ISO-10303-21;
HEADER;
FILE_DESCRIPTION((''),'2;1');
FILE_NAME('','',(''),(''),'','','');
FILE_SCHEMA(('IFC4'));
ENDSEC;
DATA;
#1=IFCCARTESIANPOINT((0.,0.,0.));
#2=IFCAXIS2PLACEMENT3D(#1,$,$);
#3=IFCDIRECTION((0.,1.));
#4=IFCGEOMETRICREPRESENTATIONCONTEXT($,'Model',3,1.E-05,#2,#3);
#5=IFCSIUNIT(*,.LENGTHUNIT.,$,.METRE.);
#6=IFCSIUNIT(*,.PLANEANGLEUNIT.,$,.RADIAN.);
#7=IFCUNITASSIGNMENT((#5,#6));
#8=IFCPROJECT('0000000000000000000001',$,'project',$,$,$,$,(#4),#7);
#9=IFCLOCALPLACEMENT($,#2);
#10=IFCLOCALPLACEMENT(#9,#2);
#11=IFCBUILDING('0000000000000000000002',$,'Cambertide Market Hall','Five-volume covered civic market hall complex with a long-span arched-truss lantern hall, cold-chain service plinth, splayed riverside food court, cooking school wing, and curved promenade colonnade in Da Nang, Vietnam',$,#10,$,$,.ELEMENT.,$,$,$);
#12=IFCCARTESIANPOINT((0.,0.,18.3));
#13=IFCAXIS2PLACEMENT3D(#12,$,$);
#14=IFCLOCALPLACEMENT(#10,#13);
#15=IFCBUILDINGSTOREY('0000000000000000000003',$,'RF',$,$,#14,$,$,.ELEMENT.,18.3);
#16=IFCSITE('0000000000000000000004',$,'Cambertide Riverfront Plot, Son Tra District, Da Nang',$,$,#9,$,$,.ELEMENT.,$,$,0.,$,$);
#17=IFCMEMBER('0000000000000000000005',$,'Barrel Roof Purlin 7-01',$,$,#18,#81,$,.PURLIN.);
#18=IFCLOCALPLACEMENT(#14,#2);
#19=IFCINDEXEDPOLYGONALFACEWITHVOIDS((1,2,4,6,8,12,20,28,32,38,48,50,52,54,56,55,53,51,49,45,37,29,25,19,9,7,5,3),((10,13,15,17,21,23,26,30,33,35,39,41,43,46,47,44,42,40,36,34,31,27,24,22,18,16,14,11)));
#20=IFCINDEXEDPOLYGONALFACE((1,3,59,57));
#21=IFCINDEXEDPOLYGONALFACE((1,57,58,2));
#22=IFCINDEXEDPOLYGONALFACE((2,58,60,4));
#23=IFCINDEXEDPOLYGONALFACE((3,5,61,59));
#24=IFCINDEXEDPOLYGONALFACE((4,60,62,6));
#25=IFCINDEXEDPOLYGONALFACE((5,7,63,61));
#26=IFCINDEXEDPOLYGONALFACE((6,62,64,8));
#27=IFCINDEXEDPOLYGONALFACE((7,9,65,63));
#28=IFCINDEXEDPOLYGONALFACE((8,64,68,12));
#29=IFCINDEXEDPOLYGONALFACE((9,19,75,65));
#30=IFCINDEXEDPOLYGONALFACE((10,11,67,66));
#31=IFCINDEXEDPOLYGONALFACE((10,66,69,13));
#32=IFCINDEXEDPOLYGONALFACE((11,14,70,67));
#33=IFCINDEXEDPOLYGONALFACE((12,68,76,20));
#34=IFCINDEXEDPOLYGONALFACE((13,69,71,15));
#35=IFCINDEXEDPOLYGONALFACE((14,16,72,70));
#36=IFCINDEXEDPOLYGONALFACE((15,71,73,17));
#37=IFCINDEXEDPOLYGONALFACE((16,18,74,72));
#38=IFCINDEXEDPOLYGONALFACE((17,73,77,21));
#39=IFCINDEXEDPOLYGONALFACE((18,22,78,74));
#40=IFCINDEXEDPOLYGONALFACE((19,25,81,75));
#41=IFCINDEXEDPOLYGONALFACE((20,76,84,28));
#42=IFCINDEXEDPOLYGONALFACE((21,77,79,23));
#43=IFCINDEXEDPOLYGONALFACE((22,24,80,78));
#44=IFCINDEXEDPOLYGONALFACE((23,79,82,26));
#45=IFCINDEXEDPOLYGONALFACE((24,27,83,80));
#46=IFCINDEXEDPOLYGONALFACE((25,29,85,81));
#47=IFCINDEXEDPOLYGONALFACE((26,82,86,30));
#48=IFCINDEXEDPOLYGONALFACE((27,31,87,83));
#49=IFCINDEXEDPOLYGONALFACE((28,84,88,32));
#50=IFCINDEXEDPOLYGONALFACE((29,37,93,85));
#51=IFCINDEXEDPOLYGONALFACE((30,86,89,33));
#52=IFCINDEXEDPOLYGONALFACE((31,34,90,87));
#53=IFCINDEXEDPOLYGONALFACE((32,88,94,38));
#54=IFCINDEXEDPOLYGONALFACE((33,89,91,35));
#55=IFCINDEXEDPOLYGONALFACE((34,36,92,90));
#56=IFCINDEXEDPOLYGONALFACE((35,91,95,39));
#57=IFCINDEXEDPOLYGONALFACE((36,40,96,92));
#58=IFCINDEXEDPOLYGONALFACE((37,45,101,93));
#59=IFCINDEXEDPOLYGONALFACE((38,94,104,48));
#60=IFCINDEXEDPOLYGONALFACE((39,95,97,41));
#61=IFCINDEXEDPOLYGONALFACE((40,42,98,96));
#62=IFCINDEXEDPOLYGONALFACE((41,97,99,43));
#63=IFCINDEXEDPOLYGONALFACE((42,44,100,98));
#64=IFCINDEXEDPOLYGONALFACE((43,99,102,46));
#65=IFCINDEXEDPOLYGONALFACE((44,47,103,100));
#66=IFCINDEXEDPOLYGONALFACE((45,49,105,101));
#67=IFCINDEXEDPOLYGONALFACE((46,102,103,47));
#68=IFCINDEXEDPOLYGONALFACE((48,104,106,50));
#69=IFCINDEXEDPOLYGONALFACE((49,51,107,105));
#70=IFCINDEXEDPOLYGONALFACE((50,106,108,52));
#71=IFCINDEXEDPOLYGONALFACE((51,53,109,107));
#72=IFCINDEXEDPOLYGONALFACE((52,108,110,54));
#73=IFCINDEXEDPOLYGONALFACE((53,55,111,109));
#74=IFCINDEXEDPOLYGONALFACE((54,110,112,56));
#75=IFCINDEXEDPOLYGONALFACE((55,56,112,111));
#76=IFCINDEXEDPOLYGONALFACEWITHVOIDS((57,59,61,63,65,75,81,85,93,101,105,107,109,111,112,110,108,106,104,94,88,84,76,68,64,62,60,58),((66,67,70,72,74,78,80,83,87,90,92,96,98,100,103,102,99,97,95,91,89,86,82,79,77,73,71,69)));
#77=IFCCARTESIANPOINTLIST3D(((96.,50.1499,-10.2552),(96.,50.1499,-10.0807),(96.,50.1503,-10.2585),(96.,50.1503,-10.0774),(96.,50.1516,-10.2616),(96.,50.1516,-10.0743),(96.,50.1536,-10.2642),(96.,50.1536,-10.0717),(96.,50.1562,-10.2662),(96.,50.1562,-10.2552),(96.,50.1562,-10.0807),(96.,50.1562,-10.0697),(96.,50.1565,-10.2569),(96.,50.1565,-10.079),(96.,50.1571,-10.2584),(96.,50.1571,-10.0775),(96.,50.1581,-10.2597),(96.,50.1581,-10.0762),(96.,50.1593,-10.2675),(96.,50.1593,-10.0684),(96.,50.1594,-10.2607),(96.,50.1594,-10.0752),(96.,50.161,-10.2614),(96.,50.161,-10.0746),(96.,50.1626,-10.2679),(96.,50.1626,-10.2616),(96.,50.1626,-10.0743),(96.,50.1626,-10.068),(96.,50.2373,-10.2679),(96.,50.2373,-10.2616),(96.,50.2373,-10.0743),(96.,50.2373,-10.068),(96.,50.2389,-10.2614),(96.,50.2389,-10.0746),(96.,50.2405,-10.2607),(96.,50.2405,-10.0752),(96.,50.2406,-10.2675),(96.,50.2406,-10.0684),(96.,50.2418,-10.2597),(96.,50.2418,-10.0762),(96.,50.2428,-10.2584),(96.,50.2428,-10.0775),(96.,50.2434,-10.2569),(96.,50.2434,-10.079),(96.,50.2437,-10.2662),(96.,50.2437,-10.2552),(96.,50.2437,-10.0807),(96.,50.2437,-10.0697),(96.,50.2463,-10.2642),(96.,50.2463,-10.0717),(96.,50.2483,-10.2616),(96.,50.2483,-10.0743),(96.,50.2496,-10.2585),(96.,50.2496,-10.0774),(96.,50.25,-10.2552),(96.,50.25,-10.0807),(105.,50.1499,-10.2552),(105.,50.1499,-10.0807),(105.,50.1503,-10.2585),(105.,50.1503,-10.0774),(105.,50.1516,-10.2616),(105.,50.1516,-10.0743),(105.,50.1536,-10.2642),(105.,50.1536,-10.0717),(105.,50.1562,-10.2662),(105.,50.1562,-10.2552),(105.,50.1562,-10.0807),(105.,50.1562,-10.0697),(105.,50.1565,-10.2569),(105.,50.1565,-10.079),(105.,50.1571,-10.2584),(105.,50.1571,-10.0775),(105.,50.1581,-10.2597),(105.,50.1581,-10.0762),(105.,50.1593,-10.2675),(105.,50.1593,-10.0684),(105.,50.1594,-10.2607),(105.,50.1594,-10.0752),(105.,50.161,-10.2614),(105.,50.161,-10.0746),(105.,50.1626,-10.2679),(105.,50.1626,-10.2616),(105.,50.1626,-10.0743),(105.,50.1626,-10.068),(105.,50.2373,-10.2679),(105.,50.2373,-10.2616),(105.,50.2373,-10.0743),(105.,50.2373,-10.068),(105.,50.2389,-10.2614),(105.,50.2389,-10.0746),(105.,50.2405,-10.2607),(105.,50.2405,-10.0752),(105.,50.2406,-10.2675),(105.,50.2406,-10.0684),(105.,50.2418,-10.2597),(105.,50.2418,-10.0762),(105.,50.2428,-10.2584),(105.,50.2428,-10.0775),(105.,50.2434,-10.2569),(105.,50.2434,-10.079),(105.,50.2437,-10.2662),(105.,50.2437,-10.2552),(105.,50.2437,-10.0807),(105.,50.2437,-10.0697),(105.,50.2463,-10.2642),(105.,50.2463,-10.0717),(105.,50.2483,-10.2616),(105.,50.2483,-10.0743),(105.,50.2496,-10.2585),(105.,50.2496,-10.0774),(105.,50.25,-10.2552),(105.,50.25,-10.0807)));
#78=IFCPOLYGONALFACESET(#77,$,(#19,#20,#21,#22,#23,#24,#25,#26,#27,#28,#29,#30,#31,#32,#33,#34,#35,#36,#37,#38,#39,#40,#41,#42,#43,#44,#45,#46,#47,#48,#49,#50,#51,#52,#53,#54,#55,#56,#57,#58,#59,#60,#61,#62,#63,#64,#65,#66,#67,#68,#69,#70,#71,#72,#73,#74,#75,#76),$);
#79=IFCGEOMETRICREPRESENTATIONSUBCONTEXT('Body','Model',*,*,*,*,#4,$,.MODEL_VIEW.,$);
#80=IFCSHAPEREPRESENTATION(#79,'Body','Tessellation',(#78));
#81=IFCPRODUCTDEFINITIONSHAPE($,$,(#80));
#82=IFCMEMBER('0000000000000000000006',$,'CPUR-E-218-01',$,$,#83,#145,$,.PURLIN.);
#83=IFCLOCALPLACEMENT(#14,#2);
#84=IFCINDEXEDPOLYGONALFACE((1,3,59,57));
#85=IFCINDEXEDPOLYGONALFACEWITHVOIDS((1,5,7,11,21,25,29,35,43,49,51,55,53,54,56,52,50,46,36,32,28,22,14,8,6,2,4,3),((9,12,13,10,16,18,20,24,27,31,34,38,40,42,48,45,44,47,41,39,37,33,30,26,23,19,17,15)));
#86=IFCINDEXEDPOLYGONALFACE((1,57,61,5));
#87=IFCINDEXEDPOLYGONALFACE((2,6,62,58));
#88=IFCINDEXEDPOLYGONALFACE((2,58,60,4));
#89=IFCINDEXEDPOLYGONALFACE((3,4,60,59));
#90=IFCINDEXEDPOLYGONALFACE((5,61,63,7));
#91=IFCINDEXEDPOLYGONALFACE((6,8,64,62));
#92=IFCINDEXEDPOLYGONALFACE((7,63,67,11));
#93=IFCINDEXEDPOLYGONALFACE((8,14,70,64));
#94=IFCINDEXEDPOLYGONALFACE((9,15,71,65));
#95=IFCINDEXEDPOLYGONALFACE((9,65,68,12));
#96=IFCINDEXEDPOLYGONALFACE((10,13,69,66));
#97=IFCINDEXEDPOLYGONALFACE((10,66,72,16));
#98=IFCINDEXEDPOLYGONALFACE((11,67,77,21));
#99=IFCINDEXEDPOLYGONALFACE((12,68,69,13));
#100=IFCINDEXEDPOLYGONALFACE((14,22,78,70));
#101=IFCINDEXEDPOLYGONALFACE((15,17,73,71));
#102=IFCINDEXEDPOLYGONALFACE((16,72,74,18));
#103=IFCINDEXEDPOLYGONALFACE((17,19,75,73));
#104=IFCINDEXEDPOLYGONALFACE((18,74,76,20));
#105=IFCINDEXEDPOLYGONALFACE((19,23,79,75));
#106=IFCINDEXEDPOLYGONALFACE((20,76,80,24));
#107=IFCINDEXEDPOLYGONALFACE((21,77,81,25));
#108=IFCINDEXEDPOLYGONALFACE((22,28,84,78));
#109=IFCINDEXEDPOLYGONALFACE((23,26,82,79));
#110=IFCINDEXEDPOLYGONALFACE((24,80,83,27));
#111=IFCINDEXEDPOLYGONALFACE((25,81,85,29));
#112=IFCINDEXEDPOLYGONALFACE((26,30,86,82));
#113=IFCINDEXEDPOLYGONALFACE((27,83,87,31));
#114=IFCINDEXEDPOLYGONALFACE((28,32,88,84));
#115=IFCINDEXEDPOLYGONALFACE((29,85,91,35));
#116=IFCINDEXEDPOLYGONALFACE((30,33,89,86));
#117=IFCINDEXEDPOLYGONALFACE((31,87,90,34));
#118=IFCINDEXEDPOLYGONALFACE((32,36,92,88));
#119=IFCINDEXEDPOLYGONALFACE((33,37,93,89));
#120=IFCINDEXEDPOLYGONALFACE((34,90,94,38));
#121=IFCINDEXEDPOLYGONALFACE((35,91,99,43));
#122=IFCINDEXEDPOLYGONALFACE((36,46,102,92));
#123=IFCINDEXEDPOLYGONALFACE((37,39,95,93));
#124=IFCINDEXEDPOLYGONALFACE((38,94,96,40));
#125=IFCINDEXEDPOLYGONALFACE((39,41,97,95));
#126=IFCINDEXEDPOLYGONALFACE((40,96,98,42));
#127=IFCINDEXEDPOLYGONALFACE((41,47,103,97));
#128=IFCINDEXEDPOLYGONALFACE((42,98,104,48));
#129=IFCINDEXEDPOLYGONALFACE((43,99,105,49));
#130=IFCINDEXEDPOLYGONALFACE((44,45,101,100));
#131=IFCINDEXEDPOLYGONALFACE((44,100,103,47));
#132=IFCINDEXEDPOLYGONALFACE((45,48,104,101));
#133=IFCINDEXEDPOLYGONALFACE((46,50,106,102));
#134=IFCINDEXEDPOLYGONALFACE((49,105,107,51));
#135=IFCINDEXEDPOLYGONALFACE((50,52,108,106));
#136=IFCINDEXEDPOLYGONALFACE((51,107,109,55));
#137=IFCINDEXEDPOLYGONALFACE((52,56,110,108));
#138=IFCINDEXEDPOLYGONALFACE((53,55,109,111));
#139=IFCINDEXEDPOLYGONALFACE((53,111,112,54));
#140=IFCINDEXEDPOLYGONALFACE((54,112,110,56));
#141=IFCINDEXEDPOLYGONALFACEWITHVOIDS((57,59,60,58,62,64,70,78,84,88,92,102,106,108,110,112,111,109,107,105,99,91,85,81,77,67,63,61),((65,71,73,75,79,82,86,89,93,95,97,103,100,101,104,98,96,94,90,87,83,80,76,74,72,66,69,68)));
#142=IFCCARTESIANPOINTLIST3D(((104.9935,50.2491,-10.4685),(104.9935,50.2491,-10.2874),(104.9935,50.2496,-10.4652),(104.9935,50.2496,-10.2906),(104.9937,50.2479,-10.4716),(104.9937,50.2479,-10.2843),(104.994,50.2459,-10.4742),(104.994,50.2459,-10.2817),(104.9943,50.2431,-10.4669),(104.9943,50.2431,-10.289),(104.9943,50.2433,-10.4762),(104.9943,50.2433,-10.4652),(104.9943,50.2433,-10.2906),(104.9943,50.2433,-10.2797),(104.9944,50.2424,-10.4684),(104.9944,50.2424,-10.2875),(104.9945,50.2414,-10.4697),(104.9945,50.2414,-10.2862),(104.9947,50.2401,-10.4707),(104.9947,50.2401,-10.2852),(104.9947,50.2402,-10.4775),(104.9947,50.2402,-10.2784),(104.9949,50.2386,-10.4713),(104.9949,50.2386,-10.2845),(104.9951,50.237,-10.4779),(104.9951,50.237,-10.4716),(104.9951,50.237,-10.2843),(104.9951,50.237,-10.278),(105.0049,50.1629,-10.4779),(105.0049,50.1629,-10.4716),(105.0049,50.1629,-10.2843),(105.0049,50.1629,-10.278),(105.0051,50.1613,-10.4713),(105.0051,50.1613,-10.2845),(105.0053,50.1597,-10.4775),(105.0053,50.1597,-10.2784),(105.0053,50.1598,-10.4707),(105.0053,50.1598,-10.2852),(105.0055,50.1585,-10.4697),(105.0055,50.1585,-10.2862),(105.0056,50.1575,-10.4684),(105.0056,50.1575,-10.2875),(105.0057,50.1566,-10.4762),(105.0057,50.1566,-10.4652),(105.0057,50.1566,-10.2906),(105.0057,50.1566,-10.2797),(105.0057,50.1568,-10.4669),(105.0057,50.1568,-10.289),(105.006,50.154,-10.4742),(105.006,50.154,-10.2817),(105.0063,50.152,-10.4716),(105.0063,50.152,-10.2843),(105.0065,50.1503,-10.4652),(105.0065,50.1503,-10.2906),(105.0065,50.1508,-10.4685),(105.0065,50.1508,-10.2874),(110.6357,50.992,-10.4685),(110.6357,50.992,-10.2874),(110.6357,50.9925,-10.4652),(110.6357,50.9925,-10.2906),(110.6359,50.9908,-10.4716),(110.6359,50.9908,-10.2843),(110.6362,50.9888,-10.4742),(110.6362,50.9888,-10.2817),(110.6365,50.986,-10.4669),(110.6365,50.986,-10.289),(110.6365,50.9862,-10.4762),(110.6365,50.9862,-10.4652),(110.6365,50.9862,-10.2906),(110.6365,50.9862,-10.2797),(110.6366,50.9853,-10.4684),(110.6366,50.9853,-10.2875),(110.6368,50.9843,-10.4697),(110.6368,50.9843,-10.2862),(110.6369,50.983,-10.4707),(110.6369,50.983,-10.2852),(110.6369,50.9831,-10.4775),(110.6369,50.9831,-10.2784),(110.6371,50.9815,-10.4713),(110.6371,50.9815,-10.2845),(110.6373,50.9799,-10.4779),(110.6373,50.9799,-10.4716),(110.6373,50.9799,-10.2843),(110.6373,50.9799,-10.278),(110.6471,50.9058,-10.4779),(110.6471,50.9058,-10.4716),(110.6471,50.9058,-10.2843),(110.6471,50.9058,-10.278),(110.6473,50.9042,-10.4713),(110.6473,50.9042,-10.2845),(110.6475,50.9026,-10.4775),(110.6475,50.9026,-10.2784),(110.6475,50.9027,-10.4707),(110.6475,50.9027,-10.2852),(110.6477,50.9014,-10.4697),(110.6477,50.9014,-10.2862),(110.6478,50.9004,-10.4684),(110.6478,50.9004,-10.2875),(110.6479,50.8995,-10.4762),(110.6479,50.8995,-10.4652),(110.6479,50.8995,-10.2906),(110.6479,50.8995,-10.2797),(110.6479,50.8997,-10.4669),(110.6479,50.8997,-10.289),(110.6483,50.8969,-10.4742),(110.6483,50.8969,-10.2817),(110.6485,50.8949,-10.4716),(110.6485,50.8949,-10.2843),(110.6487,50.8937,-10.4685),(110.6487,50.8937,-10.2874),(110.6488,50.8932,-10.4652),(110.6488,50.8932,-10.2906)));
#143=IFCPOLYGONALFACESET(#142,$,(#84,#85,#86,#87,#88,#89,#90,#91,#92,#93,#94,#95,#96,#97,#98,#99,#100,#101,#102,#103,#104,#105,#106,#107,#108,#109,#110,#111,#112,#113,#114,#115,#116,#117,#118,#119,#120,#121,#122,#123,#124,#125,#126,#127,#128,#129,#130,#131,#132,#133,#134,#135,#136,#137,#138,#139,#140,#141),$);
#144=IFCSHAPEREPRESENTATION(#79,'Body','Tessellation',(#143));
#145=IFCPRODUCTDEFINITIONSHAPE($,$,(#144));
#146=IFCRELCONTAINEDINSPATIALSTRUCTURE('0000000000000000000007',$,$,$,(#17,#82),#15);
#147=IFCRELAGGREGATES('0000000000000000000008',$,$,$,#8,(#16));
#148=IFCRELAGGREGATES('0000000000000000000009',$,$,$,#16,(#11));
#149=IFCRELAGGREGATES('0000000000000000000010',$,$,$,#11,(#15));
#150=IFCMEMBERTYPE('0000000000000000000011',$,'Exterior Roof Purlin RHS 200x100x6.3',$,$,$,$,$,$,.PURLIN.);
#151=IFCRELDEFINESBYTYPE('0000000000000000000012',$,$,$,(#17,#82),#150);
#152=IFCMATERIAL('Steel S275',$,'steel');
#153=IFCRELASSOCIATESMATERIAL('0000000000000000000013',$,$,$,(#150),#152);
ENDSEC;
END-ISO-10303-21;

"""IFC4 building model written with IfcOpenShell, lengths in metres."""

from ifc_helpers import new_model, si_unit, direction, frame, origin, origin_2d, place, context, subcontext, project, spatial, hollow_rectangle, extrude, material, material_profile, profile_set, type_object, element, save


model = new_model("IFC4")

# Units and contexts
model_context = context("Model", 3, precision=1e-05, world=origin(), true_north=direction((0.0, 1.0)))
body_context = subcontext(model_context, "Body", "Model", "MODEL_VIEW")
ifc_project = project(units=[si_unit("LENGTHUNIT", "METRE"), si_unit("PLANEANGLEUNIT", "RADIAN")], contexts=[model_context])

# Site, building, storey
site_placement = place(None, origin())
site = spatial("IfcSite", under=ifc_project, at=site_placement, Name="Cambertide Riverfront Plot, Son Tra District, Da Nang", CompositionType="ELEMENT", RefElevation=0.0)
building_placement = place(site_placement, origin())
building = spatial("IfcBuilding", under=site, at=building_placement, Name="Cambertide Market Hall", Description="Five-volume covered civic market hall complex with a long-span arched-truss lantern hall, cold-chain service plinth, splayed riverside food court, cooking school wing, and curved promenade colonnade in Da Nang, Vietnam", CompositionType="ELEMENT")
storey_placement = place(building_placement, frame((0.0, 0.0, 18.3)))
storey = spatial("IfcBuildingStorey", under=building, at=storey_placement, Name="RF", CompositionType="ELEMENT", Elevation=18.3)

# Members
ifc_material_1 = material(Name="Steel S275", Category="steel")
ifc_material_profile_1 = material_profile(ifc_material_1, hollow_rectangle(XDim=0.1001, YDim=0.2, WallThickness=0.0063, InnerFilletRadius=0.0063, OuterFilletRadius=0.0127, at=origin_2d()), Name="RHS 200x100x6.3")
ifc_profile_set_1 = profile_set([ifc_material_profile_1], Name="Steel S275")
member_type_1 = type_object("IfcMemberType", Name="Exterior Roof Purlin RHS 200x100x6.3", PredefinedType="PURLIN", material=ifc_profile_set_1)
member_1_placement = place(storey_placement, frame((96.0, 50.2, -10.168), z_axis=(1.0, 0.0, 0.0), x_axis=(0.0, 1.0, 0.0)))
element("IfcMember", 1, at=member_1_placement, inside=storey, type_object=member_type_1, Name="Barrel Roof Purlin 7-01", PredefinedType="PURLIN", context=body_context, shape_type="SweptSolid", body=[
    extrude(hollow_rectangle(XDim=0.1001, YDim=0.2, WallThickness=0.0063, InnerFilletRadius=0.0063, OuterFilletRadius=0.0127, at=origin_2d()), origin(), (0.0, 0.0, 1.0), 9.0),
])
member_2_placement = place(storey_placement, frame((105.0, 50.2, -10.3779), z_axis=(0.991443, 0.130542, 0.0), x_axis=(-0.130542, 0.991443, 0.0)))
element("IfcMember", 2, at=member_2_placement, inside=storey, type_object=member_type_1, Name="CPUR-E-218-01", PredefinedType="PURLIN", context=body_context, shape_type="SweptSolid", body=[
    extrude(hollow_rectangle(XDim=0.1001, YDim=0.2, WallThickness=0.0063, InnerFilletRadius=0.0063, OuterFilletRadius=0.0127, at=origin_2d()), origin(), (0.0, 0.0, 1.0), 5.6909),
])

save(model, "model.ifc")
